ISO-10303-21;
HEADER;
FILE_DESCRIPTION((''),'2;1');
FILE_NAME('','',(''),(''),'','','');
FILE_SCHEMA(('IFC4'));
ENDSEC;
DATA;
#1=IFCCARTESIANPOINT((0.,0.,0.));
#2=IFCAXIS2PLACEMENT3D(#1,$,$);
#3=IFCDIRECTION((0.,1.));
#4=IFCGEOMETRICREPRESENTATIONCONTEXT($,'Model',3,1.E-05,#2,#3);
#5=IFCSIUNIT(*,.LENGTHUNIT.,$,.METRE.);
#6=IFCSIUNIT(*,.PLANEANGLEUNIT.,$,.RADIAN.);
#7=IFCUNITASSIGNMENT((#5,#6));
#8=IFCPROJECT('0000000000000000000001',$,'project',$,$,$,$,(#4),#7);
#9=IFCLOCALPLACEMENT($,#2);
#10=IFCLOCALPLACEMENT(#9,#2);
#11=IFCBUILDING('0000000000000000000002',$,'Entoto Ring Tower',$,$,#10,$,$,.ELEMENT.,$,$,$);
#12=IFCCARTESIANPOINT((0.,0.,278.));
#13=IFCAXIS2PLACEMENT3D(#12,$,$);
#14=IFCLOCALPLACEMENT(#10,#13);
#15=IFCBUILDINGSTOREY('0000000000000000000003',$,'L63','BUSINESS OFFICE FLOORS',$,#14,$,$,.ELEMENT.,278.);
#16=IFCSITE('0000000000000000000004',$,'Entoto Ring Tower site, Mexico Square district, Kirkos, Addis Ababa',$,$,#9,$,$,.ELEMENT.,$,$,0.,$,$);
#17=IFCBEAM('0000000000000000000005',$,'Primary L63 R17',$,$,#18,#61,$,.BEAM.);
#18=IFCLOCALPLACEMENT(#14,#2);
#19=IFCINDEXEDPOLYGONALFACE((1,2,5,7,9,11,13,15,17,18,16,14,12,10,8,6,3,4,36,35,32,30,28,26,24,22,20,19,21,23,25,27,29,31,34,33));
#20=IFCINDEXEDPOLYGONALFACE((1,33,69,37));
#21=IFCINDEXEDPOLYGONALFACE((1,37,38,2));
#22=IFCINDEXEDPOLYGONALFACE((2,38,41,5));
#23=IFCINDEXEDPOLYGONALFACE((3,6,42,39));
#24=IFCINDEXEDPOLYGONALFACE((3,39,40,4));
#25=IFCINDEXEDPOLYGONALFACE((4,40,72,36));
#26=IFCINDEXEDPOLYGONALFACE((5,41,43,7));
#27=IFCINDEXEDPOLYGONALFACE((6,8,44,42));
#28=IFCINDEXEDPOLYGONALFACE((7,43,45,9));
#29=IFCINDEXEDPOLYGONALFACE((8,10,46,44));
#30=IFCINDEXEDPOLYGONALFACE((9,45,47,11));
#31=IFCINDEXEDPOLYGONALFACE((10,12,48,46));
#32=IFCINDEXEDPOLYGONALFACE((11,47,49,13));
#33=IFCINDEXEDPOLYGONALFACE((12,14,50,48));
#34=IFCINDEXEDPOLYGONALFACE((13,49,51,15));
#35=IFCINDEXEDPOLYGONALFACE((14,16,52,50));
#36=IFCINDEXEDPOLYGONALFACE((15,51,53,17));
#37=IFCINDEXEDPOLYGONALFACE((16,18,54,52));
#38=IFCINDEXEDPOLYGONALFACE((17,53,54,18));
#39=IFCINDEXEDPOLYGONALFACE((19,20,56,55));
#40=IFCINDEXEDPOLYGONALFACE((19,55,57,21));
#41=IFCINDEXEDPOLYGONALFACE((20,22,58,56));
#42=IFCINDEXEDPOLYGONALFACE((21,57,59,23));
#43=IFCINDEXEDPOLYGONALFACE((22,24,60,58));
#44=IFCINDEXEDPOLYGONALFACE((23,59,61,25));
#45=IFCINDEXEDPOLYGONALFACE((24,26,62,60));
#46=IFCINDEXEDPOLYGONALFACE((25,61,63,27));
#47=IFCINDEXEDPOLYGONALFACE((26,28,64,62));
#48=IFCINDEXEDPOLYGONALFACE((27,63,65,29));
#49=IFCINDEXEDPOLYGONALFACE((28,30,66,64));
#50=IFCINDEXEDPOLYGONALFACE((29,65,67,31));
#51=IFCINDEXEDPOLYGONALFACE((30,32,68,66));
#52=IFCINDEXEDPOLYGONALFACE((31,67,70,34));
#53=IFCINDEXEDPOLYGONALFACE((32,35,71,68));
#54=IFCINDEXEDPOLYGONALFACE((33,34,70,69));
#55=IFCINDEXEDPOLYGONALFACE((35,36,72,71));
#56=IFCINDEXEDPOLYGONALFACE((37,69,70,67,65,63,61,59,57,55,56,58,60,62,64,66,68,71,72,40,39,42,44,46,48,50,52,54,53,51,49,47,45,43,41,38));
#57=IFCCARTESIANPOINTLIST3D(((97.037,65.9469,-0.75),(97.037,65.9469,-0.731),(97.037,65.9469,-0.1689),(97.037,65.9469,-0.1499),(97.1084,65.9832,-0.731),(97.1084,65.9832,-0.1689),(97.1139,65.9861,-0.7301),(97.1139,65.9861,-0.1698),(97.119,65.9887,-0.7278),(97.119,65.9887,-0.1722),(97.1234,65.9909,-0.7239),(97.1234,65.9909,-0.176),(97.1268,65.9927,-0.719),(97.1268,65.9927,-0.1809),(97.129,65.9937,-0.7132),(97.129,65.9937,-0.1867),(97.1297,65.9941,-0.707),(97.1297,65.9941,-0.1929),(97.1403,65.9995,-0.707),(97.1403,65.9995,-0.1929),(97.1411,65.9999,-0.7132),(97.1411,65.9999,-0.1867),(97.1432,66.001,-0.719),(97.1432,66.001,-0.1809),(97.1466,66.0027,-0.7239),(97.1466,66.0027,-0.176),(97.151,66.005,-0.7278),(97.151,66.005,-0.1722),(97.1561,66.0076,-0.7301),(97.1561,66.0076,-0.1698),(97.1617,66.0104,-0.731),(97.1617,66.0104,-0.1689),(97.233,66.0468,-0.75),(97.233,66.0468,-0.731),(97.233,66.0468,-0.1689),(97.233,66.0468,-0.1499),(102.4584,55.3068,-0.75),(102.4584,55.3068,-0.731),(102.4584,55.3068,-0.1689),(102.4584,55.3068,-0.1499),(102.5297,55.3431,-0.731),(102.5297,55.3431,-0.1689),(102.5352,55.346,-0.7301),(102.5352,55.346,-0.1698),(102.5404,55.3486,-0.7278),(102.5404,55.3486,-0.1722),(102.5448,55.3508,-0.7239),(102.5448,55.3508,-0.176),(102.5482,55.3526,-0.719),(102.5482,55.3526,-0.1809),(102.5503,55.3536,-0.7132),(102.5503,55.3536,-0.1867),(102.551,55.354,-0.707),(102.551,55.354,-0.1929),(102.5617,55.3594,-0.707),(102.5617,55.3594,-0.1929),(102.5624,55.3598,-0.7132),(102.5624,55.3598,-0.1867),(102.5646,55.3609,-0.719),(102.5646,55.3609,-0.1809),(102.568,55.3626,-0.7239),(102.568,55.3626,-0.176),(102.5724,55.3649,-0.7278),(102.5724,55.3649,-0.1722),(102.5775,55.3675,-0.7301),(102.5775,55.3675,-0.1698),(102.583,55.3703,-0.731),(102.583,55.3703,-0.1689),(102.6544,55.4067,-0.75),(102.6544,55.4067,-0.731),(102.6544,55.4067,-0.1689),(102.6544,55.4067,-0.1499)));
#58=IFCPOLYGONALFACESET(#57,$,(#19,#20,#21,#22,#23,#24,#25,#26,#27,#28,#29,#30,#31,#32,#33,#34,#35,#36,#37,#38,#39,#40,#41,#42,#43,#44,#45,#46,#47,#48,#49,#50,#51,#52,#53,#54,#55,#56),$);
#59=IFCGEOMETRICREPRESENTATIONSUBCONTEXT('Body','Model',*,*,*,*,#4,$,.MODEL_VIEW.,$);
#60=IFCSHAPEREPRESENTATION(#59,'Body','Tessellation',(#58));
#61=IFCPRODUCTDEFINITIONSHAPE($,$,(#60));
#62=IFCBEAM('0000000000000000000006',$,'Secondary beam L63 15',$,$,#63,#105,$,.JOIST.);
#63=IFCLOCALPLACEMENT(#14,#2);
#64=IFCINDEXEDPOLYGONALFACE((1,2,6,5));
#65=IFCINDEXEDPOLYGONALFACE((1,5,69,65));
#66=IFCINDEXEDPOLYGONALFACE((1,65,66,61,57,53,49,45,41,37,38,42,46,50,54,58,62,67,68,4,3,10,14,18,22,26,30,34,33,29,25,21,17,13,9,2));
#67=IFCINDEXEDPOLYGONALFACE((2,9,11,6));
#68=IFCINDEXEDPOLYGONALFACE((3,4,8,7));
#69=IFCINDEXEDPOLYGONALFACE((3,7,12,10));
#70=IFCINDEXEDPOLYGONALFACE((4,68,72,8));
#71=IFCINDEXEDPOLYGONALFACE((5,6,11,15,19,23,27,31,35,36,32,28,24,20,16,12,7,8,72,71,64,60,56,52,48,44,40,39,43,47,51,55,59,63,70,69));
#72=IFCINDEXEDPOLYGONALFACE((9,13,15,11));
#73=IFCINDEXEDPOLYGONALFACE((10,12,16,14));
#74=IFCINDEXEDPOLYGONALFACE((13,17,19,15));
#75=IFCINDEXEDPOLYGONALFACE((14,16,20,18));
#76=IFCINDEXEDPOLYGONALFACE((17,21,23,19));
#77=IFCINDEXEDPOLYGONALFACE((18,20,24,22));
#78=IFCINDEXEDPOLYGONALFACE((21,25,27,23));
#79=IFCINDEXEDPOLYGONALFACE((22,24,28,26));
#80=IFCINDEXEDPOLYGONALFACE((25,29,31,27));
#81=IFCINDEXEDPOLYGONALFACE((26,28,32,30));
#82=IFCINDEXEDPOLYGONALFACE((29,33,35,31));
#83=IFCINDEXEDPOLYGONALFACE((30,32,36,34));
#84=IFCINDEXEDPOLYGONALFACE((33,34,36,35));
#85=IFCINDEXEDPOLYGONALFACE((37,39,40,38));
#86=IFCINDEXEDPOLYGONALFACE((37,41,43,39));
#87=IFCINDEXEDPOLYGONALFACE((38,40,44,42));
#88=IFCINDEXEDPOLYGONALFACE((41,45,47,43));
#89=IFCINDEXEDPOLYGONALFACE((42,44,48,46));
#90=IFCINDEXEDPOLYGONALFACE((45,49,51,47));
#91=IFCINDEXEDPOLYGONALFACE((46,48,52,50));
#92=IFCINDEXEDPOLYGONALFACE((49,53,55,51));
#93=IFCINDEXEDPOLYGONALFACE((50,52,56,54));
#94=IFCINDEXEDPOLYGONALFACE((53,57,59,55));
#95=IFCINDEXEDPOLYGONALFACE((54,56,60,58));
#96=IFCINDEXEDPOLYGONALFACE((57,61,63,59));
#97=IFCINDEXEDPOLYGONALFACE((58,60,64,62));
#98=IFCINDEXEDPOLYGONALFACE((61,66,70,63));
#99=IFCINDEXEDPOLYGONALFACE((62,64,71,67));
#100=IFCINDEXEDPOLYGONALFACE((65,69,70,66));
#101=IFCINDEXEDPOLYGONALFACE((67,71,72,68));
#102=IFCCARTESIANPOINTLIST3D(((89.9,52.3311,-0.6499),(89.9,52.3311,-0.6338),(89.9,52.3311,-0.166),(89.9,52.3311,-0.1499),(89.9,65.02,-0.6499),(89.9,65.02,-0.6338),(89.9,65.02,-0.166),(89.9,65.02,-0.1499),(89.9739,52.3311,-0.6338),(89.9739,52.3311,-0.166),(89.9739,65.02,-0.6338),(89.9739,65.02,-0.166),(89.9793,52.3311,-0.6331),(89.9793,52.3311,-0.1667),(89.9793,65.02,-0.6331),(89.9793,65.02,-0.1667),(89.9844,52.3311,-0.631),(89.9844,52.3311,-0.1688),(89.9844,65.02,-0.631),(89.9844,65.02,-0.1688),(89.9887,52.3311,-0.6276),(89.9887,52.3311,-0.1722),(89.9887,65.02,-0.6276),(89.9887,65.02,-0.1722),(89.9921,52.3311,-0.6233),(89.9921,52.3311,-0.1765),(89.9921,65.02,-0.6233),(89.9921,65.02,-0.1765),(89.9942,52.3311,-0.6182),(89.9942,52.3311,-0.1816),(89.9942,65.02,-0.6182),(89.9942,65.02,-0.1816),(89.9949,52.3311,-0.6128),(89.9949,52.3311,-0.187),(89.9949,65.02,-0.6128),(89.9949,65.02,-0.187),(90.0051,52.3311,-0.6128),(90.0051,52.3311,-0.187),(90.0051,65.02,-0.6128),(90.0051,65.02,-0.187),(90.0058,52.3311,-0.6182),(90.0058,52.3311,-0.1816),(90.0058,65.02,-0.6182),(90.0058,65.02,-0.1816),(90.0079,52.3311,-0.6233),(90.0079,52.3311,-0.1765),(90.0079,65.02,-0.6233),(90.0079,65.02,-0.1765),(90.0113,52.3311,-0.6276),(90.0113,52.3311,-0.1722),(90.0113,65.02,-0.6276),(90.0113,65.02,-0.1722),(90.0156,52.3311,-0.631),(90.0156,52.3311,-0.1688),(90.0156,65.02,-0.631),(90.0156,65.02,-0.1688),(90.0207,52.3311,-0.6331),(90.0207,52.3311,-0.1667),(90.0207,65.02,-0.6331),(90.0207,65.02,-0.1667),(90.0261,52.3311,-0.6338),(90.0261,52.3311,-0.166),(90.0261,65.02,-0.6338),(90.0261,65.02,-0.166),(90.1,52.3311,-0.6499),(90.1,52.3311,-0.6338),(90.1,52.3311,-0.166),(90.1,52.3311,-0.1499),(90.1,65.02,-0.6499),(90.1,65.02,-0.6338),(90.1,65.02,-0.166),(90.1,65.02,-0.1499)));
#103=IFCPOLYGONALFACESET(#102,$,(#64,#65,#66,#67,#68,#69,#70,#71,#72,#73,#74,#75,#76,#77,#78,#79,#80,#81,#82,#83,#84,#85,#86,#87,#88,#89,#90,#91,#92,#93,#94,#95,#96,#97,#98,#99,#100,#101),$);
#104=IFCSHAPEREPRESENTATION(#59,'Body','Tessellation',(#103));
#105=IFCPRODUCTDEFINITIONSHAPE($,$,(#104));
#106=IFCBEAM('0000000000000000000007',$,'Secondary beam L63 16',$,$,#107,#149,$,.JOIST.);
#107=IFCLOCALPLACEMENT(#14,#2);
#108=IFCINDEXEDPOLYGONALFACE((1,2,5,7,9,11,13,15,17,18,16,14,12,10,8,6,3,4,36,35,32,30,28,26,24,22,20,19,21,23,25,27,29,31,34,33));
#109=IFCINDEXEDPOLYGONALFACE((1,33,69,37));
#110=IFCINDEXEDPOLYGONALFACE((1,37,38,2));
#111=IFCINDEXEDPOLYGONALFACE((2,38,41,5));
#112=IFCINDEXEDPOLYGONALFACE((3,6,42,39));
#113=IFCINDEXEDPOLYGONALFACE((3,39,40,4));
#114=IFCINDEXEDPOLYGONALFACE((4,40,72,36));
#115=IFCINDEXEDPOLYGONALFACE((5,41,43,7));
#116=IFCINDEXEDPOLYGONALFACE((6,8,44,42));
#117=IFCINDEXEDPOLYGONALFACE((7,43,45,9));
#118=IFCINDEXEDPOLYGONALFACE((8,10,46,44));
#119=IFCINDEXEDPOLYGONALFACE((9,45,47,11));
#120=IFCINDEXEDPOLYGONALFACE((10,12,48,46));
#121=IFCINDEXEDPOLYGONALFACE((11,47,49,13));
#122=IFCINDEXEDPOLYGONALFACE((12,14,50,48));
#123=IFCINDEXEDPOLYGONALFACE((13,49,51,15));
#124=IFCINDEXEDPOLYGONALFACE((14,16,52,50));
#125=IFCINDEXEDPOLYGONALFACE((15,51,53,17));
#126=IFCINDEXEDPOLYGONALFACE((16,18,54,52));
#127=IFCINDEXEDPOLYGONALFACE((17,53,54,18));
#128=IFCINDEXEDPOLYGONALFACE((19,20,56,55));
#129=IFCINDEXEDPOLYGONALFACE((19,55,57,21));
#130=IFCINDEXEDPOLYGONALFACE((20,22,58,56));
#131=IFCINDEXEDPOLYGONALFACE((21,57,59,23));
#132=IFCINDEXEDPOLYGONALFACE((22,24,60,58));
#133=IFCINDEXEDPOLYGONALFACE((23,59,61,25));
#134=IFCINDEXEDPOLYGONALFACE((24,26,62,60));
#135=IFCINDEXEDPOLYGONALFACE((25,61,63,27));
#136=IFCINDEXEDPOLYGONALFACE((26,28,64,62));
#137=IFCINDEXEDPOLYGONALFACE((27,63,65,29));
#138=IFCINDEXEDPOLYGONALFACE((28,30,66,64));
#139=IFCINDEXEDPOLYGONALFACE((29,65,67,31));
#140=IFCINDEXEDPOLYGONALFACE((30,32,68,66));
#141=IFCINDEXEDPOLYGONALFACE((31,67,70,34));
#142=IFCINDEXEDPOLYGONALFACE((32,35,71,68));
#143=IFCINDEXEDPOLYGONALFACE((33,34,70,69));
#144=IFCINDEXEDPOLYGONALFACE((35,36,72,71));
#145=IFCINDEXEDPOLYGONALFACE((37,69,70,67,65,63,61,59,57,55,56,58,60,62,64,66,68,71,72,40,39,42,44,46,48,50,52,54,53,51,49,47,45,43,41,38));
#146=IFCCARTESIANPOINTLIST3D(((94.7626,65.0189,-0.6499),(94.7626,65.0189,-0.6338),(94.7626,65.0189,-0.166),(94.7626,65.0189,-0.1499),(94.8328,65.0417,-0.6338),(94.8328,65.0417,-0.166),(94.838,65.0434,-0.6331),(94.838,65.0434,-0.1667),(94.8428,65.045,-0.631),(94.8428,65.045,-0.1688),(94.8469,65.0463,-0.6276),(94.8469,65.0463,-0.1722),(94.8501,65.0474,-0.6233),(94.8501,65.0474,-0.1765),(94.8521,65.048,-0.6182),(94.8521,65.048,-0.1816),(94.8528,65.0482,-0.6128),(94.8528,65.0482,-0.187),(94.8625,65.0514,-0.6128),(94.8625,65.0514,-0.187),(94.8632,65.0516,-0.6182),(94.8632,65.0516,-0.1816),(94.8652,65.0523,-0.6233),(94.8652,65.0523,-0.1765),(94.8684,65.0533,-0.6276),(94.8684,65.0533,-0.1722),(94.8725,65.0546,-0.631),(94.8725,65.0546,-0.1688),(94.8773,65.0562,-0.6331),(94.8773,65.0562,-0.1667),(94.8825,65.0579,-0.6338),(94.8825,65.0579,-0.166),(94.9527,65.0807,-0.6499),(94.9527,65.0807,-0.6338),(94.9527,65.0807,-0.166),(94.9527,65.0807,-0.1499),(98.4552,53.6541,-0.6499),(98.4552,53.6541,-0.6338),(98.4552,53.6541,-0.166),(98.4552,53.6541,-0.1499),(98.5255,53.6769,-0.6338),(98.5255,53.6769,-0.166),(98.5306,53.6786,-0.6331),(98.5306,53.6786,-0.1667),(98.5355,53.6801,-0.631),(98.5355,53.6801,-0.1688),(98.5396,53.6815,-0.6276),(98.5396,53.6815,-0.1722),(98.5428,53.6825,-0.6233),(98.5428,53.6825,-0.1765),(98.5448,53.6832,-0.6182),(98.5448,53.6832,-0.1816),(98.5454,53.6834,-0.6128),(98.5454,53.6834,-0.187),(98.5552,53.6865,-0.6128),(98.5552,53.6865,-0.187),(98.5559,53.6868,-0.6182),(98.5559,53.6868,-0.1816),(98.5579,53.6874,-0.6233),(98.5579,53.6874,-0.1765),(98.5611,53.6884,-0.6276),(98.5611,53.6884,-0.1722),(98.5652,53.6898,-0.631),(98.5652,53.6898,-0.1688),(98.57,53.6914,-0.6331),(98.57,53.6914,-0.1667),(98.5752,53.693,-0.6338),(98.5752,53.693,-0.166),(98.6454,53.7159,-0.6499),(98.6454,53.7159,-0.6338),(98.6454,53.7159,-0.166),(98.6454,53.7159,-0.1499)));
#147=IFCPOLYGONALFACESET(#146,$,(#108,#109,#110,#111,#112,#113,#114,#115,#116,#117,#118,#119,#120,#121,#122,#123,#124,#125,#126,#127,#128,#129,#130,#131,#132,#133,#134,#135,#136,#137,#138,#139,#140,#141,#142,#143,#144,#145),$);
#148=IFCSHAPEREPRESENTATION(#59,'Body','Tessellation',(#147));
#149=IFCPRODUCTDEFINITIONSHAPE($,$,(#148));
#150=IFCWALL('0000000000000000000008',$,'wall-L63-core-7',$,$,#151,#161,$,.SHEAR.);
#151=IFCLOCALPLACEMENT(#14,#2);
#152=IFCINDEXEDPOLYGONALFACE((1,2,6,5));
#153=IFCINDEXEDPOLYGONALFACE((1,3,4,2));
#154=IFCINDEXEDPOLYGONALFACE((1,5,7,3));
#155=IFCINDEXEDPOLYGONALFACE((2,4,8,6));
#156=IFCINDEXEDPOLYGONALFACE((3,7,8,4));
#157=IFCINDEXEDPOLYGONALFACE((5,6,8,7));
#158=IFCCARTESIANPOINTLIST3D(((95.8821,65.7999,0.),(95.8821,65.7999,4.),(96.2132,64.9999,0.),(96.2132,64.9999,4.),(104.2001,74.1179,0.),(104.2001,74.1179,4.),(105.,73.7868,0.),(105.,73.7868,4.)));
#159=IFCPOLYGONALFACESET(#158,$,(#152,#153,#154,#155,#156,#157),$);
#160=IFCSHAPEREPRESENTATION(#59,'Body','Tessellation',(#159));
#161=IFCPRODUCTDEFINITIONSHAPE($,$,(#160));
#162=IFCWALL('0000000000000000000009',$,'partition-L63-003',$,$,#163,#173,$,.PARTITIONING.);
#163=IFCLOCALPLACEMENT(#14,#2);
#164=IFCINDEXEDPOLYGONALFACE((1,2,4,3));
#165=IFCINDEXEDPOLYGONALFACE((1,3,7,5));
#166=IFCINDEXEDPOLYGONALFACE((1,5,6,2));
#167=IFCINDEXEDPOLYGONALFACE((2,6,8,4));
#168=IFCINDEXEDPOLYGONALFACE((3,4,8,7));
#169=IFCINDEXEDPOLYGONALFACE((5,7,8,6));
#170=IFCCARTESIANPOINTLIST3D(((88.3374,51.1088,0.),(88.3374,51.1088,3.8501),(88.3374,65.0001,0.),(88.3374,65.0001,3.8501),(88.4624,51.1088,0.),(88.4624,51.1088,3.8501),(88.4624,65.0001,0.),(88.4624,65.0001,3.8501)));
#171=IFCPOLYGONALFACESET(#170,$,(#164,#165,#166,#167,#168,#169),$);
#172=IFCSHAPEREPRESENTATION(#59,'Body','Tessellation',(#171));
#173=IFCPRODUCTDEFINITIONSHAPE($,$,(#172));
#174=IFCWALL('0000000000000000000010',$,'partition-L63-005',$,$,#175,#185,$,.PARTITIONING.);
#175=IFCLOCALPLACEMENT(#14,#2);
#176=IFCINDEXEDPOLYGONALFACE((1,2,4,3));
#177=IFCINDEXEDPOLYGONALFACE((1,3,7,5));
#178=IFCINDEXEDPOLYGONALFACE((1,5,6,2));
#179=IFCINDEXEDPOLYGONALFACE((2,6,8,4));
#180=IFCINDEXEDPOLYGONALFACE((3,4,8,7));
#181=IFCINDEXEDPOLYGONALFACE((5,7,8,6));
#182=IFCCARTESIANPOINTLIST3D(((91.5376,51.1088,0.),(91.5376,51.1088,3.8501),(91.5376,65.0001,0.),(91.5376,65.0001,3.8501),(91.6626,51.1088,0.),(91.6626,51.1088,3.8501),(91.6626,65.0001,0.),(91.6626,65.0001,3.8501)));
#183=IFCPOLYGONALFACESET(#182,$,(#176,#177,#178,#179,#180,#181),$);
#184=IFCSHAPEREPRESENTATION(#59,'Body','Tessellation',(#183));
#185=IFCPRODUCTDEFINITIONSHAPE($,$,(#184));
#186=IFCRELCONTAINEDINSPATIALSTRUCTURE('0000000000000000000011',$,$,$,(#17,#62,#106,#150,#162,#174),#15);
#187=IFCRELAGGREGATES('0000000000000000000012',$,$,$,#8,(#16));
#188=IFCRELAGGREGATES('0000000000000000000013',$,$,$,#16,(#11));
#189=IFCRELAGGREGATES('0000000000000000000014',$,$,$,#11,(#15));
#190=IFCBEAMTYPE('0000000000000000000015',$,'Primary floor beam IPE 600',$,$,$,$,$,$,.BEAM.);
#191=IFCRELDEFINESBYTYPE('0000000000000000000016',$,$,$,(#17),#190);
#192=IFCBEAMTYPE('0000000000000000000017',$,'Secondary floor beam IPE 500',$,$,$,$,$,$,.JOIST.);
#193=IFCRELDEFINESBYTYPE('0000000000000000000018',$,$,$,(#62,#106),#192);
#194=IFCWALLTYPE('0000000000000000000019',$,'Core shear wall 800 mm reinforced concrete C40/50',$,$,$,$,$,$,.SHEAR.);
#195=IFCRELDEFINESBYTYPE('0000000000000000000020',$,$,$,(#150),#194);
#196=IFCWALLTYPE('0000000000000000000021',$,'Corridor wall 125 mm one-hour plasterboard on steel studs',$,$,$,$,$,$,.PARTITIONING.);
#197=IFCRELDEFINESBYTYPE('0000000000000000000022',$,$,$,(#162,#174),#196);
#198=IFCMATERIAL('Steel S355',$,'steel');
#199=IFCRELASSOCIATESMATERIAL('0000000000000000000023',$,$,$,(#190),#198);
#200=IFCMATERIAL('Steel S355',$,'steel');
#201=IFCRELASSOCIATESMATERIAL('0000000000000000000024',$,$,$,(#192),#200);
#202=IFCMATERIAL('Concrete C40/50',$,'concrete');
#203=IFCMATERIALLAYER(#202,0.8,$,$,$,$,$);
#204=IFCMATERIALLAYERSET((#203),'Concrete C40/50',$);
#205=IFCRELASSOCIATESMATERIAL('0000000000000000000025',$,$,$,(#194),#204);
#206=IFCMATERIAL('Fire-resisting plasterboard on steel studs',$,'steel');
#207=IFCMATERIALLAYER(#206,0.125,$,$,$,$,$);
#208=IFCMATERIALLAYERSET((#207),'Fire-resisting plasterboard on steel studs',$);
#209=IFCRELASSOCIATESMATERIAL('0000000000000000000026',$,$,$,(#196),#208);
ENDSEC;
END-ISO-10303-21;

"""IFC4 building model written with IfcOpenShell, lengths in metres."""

from ifc_helpers import new_model, si_unit, direction, frame, frame_2d, origin, origin_2d, place, context, subcontext, project, spatial, polyline, rectangle, i_section, outline, extrude, material, layer, layer_set, material_profile, profile_set, type_object, element, save


model = new_model("IFC4")

# Units and contexts
model_context = context("Model", 3, precision=1e-05, world=origin(), true_north=direction((0.0, 1.0)))
body_context = subcontext(model_context, "Body", "Model", "MODEL_VIEW")
ifc_project = project(units=[si_unit("LENGTHUNIT", "METRE"), si_unit("PLANEANGLEUNIT", "RADIAN")], contexts=[model_context])

# Site, building, storey
site_placement = place(None, origin())
site = spatial("IfcSite", under=ifc_project, at=site_placement, Name="Entoto Ring Tower site, Mexico Square district, Kirkos, Addis Ababa", CompositionType="ELEMENT", RefElevation=0.0)
building_placement = place(site_placement, origin())
building = spatial("IfcBuilding", under=site, at=building_placement, Name="Entoto Ring Tower", CompositionType="ELEMENT")
storey_placement = place(building_placement, frame((0.0, 0.0, 278.0)))
storey = spatial("IfcBuildingStorey", under=building, at=storey_placement, Name="L63", Description="BUSINESS OFFICE FLOORS", CompositionType="ELEMENT", Elevation=278.0)

# Beams
ifc_material_1 = material(Name="Steel S355", Category="steel")
ifc_material_profile_1 = material_profile(ifc_material_1, i_section(OverallWidth=0.22, OverallDepth=0.6001, WebThickness=0.012, FlangeThickness=0.019, FilletRadius=0.0239, at=origin_2d()), Name="IPE 600")
ifc_profile_set_1 = profile_set([ifc_material_profile_1], Name="Steel S355")
beam_type_1 = type_object("IfcBeamType", Name="Primary floor beam IPE 600", PredefinedType="BEAM", material=ifc_profile_set_1)
beam_1_placement = place(storey_placement, frame((97.135, 65.9968, -0.45), z_axis=(0.453988, -0.891008, 0.0), x_axis=(0.891008, 0.453988, 0.0)))
element("IfcBeam", 1, at=beam_1_placement, inside=storey, type_object=beam_type_1, Name="Primary L63 R17", PredefinedType="BEAM", context=body_context, shape_type="SweptSolid", body=[
    extrude(i_section(OverallWidth=0.22, OverallDepth=0.6001, WebThickness=0.012, FlangeThickness=0.019, FilletRadius=0.0239, at=origin_2d()), origin(), (0.0, 0.0, 1.0), 11.9417),
])
ifc_material_2 = material(Name="Steel S355", Category="steel")
ifc_material_profile_2 = material_profile(ifc_material_2, i_section(OverallWidth=0.2, OverallDepth=0.5, WebThickness=0.0103, FlangeThickness=0.0161, FilletRadius=0.021, at=origin_2d()), Name="IPE 500")
ifc_profile_set_2 = profile_set([ifc_material_profile_2], Name="Steel S355")
beam_type_2 = type_object("IfcBeamType", Name="Secondary floor beam IPE 500", PredefinedType="JOIST", material=ifc_profile_set_2)
beam_2_placement = place(storey_placement, frame((90.0, 65.02, -0.3999), z_axis=(0.0, -1.0, 0.0), x_axis=(1.0, 0.0, 0.0)))
element("IfcBeam", 2, at=beam_2_placement, inside=storey, type_object=beam_type_2, Name="Secondary beam L63 15", PredefinedType="JOIST", context=body_context, shape_type="SweptSolid", body=[
    extrude(i_section(OverallWidth=0.2, OverallDepth=0.5, WebThickness=0.0103, FlangeThickness=0.0161, FilletRadius=0.021, at=origin_2d()), origin(), (0.0, 0.0, 1.0), 12.689),
])
beam_3_placement = place(storey_placement, frame((94.8577, 65.0498, -0.3999), z_axis=(0.309017, -0.951057, 0.0), x_axis=(0.951057, 0.309017, 0.0)))
element("IfcBeam", 3, at=beam_3_placement, inside=storey, type_object=beam_type_2, Name="Secondary beam L63 16", PredefinedType="JOIST", context=body_context, shape_type="SweptSolid", body=[
    extrude(i_section(OverallWidth=0.2, OverallDepth=0.5, WebThickness=0.0103, FlangeThickness=0.0161, FilletRadius=0.021, at=origin_2d()), origin(), (0.0, 0.0, 1.0), 11.9497),
])

# Walls
ifc_material_3 = material(Name="Concrete C40/50", Category="concrete")
ifc_layer_1 = layer(ifc_material_3, 0.8)
ifc_layer_set_1 = layer_set([ifc_layer_1], Name="Concrete C40/50")
wall_type_1 = type_object("IfcWallType", Name="Core shear wall 800 mm reinforced concrete C40/50", PredefinedType="SHEAR", material=ifc_layer_set_1)
wall_placement = place(storey_placement, frame((96.0476, 65.3999, 0.0), z_axis=(0.0, 0.0, 1.0), x_axis=(0.707107, 0.707107, 0.0)))
element("IfcWall", 4, at=wall_placement, inside=storey, type_object=wall_type_1, Name="wall-L63-core-7", PredefinedType="SHEAR", context=body_context, shape_type="SweptSolid", body=[
    extrude(outline(polyline([(-0.1658, -0.3999), (12.2607, -0.3999), (11.9292, 0.3999), (0.1658, 0.3999), (-0.1658, -0.3999)])), origin(), (0.0, 0.0, 1.0), 4.0),
])
ifc_material_4 = material(Name="Fire-resisting plasterboard on steel studs", Category="steel")
ifc_layer_2 = layer(ifc_material_4, 0.125)
ifc_layer_set_2 = layer_set([ifc_layer_2], Name="Fire-resisting plasterboard on steel studs")
wall_type_2 = type_object("IfcWallType", Name="Corridor wall 125 mm one-hour plasterboard on steel studs", PredefinedType="PARTITIONING", material=ifc_layer_set_2)
for number, where, z_axis, x_axis, name in (
    (5, (88.3999, 51.1086, 0.0), (0.0, 0.0, 1.0), (0.0, 1.0, 0.0), "partition-L63-003"),
    (6, (91.6001, 51.1086, 0.0), (0.0, 0.0, 1.0), (0.0, 1.0, 0.0), "partition-L63-005"),
):
    element("IfcWall", number, at=place(storey_placement, frame(where, z_axis=z_axis, x_axis=x_axis)), inside=storey, type_object=wall_type_2, Name=name, PredefinedType="PARTITIONING", context=body_context, shape_type="SweptSolid", body=[
        extrude(rectangle(XDim=13.8914, YDim=0.125, at=frame_2d((6.9458, 0.0))), origin(), (0.0, 0.0, 1.0), 3.8501),
    ])

save(model, "model.ifc")
